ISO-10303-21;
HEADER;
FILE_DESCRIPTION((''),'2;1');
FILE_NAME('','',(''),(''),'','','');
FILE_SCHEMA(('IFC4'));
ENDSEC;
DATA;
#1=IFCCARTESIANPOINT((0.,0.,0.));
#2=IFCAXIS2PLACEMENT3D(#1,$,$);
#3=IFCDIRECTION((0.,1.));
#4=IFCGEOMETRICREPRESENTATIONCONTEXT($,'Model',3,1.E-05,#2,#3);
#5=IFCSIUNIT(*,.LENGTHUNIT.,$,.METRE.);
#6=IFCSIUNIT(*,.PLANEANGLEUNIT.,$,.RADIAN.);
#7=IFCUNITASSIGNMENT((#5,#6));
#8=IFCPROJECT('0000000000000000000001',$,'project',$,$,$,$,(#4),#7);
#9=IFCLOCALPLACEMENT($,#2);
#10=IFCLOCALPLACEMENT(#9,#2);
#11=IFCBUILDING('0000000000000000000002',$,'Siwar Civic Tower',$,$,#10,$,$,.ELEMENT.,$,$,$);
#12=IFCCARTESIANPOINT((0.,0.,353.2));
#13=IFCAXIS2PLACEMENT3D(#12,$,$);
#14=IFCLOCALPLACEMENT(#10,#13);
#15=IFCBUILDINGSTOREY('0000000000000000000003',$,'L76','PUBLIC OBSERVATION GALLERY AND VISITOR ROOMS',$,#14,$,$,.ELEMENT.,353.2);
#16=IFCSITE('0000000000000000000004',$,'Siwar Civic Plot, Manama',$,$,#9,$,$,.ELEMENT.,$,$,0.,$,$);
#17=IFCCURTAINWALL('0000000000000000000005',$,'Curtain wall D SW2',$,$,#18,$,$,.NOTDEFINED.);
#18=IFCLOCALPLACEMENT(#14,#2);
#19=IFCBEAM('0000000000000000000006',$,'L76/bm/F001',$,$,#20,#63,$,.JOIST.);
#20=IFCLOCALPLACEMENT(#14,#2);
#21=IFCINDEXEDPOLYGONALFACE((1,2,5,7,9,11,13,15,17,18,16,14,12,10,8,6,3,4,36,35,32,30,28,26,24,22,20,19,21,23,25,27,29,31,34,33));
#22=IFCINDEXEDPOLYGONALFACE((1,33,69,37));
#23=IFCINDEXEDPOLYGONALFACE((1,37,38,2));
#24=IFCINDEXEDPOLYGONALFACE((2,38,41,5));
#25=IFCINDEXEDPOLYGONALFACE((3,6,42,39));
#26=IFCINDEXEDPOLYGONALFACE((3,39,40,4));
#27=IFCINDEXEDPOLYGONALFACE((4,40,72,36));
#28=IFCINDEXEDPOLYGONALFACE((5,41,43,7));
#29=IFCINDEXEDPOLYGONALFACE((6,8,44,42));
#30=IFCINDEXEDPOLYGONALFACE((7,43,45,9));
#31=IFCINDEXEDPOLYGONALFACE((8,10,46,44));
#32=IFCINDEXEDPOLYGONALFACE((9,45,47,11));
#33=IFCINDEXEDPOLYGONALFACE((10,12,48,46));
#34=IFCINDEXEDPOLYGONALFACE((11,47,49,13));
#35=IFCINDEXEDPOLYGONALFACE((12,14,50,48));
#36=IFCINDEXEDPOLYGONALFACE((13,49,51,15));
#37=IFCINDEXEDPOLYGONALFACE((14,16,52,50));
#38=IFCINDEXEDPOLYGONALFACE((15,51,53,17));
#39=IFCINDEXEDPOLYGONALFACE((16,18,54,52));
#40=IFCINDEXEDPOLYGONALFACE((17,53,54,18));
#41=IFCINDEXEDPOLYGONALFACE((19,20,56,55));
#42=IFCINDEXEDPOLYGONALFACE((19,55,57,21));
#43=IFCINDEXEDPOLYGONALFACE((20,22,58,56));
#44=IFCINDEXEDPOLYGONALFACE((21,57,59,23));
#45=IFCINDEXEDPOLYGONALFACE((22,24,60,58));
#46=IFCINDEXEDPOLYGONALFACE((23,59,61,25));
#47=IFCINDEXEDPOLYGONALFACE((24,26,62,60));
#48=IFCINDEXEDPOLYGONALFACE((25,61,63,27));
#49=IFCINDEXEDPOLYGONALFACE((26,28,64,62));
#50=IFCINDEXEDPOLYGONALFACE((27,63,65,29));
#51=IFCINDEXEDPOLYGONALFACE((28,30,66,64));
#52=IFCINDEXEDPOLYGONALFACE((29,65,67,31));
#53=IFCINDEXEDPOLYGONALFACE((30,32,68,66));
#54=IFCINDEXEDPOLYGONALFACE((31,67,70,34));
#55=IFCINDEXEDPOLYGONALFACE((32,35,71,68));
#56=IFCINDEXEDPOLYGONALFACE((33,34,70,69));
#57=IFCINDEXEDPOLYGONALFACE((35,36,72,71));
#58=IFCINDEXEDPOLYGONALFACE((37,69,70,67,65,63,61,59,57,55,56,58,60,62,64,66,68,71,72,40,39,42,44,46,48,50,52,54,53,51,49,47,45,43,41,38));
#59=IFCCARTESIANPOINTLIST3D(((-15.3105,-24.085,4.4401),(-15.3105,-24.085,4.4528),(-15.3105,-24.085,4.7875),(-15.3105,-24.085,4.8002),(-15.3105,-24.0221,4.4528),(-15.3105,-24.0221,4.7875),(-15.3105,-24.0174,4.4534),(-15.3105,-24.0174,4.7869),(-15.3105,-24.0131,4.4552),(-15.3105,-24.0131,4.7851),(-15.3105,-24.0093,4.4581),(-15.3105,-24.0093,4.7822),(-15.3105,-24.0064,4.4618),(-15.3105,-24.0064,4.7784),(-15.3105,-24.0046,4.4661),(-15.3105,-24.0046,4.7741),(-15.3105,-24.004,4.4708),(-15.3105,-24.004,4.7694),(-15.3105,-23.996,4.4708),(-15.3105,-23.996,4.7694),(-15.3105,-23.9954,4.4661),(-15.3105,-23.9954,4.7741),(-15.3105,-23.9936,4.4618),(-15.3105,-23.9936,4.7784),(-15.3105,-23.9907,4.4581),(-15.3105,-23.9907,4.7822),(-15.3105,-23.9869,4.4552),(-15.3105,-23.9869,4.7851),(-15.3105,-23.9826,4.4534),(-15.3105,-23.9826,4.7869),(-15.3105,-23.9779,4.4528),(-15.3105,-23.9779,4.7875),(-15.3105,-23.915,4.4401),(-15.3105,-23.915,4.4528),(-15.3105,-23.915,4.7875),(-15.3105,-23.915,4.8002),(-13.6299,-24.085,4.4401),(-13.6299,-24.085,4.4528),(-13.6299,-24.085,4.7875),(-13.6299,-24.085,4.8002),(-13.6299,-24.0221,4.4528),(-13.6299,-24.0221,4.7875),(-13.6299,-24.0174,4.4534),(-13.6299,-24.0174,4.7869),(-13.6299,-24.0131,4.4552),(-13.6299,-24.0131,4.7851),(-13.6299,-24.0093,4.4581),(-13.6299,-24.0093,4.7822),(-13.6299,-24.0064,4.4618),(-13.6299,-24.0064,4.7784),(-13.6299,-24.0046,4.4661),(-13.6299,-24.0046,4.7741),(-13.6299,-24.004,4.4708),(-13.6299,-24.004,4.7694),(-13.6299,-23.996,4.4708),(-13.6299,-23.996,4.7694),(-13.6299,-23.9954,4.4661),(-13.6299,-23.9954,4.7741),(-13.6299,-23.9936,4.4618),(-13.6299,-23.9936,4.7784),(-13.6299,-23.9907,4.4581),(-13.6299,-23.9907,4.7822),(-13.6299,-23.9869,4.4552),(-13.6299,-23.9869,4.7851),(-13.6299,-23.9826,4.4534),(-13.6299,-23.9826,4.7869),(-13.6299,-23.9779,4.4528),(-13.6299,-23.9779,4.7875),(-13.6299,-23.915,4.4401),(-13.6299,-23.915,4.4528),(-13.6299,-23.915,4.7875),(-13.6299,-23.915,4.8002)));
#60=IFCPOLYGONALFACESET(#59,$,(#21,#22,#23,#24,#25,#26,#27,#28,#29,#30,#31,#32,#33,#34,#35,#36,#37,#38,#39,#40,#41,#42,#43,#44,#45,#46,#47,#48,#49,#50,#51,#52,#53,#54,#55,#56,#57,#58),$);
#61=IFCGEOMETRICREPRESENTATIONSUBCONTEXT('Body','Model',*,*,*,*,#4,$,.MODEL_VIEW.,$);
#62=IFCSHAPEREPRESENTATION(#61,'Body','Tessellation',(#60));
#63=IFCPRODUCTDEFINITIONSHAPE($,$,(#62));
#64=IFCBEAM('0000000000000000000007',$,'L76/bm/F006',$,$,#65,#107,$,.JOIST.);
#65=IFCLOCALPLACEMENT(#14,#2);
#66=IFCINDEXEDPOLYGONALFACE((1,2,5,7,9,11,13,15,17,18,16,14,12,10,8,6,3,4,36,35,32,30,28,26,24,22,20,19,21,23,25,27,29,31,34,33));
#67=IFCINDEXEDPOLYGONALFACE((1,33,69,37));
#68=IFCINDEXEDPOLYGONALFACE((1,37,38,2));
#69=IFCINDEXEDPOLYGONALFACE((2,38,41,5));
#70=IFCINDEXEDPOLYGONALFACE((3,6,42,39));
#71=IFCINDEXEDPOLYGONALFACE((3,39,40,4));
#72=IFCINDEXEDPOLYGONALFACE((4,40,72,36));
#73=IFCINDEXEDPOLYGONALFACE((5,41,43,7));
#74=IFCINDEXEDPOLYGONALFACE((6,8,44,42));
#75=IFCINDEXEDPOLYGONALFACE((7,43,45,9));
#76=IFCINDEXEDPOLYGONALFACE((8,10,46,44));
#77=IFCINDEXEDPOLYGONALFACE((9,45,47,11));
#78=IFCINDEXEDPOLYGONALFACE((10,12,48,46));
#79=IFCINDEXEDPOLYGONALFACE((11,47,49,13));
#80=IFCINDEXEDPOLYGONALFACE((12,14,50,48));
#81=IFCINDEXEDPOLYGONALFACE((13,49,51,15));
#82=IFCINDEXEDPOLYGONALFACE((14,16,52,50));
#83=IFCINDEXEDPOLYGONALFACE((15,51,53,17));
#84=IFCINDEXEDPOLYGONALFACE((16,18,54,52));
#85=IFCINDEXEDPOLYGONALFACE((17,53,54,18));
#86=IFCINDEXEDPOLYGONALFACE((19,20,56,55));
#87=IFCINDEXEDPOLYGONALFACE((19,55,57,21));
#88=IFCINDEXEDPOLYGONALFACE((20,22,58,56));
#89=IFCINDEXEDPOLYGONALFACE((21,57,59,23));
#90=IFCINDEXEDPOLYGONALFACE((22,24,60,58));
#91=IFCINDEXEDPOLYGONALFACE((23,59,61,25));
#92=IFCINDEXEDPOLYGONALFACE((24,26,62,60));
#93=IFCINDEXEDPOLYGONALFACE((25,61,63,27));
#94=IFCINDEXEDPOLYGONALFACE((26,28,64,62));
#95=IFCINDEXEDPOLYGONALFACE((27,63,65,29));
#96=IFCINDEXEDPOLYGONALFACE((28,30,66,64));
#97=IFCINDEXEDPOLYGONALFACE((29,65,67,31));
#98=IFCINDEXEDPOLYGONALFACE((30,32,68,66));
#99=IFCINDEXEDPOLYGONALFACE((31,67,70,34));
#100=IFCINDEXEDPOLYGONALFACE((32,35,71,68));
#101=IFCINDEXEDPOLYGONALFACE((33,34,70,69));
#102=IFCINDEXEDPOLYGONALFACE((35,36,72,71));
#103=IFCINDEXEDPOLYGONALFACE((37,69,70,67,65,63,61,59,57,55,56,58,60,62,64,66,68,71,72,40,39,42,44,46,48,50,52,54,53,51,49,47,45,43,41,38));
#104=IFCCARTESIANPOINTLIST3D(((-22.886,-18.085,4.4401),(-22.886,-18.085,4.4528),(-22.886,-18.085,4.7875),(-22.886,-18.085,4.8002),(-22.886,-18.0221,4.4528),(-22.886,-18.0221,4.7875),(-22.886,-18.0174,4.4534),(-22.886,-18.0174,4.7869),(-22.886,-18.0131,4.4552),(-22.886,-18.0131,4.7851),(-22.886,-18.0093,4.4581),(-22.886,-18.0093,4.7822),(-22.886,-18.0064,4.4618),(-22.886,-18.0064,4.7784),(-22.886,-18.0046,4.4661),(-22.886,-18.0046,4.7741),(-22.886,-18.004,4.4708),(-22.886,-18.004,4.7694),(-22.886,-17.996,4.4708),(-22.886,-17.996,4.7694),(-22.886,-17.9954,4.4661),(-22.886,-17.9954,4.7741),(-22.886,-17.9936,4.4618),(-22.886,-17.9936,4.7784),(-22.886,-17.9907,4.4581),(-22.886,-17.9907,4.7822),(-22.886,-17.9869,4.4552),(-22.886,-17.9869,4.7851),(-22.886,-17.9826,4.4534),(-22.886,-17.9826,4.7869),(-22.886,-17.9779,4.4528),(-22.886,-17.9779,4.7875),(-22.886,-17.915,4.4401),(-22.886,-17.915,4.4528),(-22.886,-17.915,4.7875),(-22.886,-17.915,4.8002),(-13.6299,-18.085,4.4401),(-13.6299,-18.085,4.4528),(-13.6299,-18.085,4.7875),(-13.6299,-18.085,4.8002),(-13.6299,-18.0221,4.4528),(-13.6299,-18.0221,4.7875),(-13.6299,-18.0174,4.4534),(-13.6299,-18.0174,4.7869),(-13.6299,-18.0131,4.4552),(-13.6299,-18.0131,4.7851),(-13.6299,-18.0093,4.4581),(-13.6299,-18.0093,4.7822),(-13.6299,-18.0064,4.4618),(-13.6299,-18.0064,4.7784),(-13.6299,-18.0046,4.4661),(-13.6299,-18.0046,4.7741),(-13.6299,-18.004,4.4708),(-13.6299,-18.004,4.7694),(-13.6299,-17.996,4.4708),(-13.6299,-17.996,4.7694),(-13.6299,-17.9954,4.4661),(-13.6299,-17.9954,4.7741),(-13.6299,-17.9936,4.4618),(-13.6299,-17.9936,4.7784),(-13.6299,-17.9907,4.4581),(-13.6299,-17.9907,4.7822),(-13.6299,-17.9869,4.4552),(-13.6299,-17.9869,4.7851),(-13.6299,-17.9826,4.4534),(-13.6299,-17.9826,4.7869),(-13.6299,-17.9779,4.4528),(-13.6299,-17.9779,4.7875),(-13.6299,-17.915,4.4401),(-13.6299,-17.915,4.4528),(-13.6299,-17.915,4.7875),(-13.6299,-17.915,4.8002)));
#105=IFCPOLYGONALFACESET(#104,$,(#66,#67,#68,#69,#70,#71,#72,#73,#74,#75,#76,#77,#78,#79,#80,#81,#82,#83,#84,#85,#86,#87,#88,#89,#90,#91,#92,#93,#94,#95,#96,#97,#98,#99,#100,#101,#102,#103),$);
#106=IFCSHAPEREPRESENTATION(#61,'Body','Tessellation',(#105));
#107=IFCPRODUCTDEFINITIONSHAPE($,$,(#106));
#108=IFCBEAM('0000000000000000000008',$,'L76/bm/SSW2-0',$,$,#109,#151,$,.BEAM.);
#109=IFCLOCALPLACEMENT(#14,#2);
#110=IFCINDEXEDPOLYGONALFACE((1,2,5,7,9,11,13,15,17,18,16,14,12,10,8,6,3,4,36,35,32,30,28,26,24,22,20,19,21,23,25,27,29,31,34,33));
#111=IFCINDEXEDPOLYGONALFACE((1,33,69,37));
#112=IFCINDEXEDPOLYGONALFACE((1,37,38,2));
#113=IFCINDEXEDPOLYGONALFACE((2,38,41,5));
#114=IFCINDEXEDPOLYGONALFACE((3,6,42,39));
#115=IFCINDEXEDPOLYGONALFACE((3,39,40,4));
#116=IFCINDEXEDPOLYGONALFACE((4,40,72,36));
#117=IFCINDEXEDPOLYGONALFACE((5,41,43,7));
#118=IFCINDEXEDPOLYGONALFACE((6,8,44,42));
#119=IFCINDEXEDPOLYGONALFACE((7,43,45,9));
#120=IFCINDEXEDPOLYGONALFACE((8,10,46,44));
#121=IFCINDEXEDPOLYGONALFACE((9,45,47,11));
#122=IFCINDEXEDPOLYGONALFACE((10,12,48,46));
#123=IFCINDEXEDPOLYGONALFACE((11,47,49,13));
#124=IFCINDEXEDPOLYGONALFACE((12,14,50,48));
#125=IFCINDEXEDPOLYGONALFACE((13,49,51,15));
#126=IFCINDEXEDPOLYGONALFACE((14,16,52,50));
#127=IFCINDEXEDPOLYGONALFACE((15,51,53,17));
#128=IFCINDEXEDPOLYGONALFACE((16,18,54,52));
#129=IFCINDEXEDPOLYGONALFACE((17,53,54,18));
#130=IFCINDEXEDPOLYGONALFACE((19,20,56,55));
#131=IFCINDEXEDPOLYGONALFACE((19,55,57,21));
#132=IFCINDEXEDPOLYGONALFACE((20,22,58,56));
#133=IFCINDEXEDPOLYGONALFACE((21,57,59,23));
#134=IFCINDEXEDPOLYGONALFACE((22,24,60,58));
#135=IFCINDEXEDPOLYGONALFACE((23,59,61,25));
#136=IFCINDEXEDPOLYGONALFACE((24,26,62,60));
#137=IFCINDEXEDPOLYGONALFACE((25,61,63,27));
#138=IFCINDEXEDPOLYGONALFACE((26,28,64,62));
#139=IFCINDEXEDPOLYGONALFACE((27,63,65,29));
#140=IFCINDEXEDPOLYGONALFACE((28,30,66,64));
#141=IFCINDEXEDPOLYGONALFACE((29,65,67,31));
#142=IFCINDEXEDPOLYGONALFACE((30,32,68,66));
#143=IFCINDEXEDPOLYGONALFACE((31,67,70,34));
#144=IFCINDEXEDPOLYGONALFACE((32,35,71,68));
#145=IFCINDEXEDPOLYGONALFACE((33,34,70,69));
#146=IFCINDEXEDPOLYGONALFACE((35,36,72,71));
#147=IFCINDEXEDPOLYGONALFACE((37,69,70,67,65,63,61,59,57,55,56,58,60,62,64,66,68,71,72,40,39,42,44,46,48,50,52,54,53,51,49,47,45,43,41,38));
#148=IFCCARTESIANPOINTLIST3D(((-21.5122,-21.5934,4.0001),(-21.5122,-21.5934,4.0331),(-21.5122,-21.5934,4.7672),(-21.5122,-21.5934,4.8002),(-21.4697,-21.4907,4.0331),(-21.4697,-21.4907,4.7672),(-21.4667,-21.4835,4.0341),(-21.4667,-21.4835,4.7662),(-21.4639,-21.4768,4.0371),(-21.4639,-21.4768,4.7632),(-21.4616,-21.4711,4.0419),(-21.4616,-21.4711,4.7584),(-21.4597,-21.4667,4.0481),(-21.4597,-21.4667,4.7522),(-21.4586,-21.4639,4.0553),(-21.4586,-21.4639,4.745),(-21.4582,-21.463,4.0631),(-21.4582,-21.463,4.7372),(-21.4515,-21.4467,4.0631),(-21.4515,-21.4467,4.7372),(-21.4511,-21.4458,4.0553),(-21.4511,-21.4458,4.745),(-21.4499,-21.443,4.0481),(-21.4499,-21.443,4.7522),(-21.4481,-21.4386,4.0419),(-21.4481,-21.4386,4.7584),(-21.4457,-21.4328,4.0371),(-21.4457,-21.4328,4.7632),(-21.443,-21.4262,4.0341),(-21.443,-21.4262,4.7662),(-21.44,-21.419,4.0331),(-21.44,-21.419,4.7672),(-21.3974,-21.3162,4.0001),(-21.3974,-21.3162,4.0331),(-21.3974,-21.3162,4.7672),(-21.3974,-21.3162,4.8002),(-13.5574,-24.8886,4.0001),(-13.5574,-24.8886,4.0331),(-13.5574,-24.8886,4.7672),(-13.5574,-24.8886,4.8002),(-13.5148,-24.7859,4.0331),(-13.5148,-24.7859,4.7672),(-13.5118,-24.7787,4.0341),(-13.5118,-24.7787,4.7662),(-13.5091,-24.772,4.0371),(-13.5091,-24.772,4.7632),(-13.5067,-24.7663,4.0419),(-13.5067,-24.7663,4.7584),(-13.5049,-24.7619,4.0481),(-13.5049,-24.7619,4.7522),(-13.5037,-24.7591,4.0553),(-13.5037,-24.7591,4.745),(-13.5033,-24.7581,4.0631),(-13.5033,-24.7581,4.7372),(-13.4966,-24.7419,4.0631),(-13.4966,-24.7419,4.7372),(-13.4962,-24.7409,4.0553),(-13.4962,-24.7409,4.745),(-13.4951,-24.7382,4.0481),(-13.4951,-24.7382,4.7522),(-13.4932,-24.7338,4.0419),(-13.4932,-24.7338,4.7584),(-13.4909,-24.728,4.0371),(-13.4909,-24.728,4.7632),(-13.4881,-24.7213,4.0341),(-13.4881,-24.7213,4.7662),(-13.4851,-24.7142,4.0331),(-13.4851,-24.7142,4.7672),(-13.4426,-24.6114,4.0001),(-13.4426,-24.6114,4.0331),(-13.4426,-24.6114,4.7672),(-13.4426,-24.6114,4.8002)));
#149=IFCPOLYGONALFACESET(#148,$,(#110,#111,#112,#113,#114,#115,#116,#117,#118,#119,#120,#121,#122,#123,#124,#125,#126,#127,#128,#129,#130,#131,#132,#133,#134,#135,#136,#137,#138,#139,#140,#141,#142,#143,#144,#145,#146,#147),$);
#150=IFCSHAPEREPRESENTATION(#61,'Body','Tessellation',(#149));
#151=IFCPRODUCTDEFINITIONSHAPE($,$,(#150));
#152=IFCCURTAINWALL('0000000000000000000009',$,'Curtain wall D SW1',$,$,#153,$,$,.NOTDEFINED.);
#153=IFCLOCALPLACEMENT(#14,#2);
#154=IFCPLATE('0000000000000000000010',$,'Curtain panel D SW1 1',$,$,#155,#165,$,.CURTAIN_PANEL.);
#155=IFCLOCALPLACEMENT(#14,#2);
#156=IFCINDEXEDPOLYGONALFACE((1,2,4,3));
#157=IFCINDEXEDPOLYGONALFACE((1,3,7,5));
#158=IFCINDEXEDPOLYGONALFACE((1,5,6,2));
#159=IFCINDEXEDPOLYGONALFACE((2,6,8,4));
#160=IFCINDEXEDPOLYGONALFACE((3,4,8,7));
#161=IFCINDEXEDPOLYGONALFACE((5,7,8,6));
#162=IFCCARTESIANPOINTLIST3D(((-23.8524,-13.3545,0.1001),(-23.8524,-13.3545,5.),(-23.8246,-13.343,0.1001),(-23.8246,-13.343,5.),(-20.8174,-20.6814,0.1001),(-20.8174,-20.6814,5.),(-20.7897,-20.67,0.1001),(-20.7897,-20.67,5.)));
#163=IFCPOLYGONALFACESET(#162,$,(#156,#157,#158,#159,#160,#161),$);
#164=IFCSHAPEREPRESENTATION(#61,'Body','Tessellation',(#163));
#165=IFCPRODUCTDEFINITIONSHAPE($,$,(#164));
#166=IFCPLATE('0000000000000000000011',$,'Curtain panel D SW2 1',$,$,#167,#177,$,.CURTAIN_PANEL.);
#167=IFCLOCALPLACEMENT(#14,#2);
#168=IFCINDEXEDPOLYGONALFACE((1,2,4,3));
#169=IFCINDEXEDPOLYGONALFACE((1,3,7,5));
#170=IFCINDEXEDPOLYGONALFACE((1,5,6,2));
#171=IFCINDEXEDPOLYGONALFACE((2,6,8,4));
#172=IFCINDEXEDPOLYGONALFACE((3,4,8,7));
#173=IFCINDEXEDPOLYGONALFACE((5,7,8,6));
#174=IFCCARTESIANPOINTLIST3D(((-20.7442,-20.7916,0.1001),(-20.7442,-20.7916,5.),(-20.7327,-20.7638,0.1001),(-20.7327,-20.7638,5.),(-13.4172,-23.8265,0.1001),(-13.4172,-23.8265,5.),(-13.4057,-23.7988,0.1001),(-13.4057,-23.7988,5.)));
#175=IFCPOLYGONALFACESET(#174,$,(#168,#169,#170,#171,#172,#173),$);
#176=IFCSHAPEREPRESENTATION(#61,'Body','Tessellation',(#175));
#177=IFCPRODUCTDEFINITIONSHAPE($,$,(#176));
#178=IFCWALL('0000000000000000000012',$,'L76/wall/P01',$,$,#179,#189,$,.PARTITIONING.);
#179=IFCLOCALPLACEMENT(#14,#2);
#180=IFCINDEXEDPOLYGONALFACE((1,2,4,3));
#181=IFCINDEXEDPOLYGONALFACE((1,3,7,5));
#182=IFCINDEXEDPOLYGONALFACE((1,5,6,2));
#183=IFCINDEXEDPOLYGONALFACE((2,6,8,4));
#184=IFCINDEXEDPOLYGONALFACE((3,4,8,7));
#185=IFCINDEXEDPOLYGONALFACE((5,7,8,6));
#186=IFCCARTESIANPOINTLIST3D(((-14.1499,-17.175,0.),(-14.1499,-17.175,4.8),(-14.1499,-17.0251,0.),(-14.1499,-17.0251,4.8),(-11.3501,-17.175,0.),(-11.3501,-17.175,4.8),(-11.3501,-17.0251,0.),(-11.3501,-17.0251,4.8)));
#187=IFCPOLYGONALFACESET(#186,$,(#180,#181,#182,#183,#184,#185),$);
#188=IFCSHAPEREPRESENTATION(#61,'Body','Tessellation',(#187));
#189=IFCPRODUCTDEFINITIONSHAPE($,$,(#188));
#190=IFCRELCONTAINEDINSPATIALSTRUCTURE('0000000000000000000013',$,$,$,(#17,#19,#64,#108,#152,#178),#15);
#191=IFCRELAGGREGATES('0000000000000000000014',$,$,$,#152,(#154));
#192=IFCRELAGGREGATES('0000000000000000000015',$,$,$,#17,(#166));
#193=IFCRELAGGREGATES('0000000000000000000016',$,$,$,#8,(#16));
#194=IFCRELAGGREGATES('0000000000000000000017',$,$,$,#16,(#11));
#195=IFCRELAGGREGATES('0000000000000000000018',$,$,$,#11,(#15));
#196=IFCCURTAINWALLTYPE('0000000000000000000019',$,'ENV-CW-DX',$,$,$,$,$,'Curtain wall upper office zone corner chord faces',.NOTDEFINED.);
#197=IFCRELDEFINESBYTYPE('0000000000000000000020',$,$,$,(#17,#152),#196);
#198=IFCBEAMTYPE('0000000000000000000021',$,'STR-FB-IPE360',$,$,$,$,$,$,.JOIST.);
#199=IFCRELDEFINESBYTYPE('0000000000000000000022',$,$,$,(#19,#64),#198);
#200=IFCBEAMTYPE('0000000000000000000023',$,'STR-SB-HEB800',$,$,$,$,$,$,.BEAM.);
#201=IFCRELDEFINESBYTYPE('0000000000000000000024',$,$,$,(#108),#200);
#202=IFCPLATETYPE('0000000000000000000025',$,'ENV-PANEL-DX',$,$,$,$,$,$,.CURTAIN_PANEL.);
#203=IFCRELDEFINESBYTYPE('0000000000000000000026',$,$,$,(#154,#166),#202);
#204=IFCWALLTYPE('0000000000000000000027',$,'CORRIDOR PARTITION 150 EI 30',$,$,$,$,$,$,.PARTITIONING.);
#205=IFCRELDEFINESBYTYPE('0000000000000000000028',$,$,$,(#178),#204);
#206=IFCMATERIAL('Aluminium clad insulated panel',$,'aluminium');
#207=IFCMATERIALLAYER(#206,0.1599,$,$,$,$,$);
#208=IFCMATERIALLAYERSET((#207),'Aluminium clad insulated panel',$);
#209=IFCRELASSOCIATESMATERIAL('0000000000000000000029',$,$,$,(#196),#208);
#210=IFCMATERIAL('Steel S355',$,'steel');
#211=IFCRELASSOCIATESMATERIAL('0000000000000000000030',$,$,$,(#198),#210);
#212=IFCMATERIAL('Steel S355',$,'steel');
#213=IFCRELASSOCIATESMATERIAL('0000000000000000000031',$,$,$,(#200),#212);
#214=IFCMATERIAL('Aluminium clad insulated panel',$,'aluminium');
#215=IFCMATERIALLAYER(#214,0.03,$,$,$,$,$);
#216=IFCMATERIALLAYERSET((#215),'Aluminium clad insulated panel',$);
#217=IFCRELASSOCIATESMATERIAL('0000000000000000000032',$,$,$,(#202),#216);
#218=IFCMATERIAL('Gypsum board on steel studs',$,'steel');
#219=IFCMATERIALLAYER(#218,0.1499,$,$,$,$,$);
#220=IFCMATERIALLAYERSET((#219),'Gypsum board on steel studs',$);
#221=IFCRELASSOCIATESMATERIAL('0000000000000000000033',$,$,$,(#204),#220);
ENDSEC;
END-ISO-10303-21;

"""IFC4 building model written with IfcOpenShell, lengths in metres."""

from ifc_helpers import new_model, si_unit, direction, frame, frame_2d, origin, origin_2d, place, context, subcontext, project, spatial, rectangle, i_section, extrude, material, layer, layer_set, material_profile, profile_set, type_object, element, aggregate, save


model = new_model("IFC4")

# Units and contexts
model_context = context("Model", 3, precision=1e-05, world=origin(), true_north=direction((0.0, 1.0)))
body_context = subcontext(model_context, "Body", "Model", "MODEL_VIEW")
ifc_project = project(units=[si_unit("LENGTHUNIT", "METRE"), si_unit("PLANEANGLEUNIT", "RADIAN")], contexts=[model_context])

# Site, building, storey
site_placement = place(None, origin())
site = spatial("IfcSite", under=ifc_project, at=site_placement, Name="Siwar Civic Plot, Manama", CompositionType="ELEMENT", RefElevation=0.0)
building_placement = place(site_placement, origin())
building = spatial("IfcBuilding", under=site, at=building_placement, Name="Siwar Civic Tower", CompositionType="ELEMENT")
storey_placement = place(building_placement, frame((0.0, 0.0, 353.2)))
storey = spatial("IfcBuildingStorey", under=building, at=storey_placement, Name="L76", Description="PUBLIC OBSERVATION GALLERY AND VISITOR ROOMS", CompositionType="ELEMENT", Elevation=353.2)

# Curtain wall
ifc_material_1 = material(Name="Aluminium clad insulated panel", Category="aluminium")
ifc_layer_1 = layer(ifc_material_1, 0.1599)
ifc_layer_set_1 = layer_set([ifc_layer_1], Name="Aluminium clad insulated panel")
curtain_wall_type = type_object("IfcCurtainWallType", Name="ENV-CW-DX", ElementType="Curtain wall upper office zone corner chord faces", PredefinedType="NOTDEFINED", material=ifc_layer_set_1)
curtain_wall_1_placement = place(storey_placement, origin())
curtain_wall_1 = element("IfcCurtainWall", 1, at=curtain_wall_1_placement, inside=storey, type_object=curtain_wall_type, Name="Curtain wall D SW2", PredefinedType="NOTDEFINED")

# Beams
ifc_material_2 = material(Name="Steel S355", Category="steel")
ifc_material_profile_1 = material_profile(ifc_material_2, i_section(OverallWidth=0.1699, OverallDepth=0.3601, WebThickness=0.0081, FlangeThickness=0.0127, FilletRadius=0.0181, at=origin_2d()), Name="IPE360")
ifc_profile_set_1 = profile_set([ifc_material_profile_1], Name="Steel S355")
beam_type_1 = type_object("IfcBeamType", Name="STR-FB-IPE360", PredefinedType="JOIST", material=ifc_profile_set_1)
beam_1_placement = place(storey_placement, frame((-15.3105, -24.0, 4.6201), z_axis=(1.0, 0.0, 0.0), x_axis=(0.0, 1.0, 0.0)))
element("IfcBeam", 2, at=beam_1_placement, inside=storey, type_object=beam_type_1, Name="L76/bm/F001", PredefinedType="JOIST", context=body_context, shape_type="SweptSolid", body=[
    extrude(i_section(OverallWidth=0.1699, OverallDepth=0.3601, WebThickness=0.0081, FlangeThickness=0.0127, FilletRadius=0.0181, at=origin_2d()), origin(), (0.0, 0.0, 1.0), 1.6807),
])
beam_2_placement = place(storey_placement, frame((-22.886, -18.0, 4.6201), z_axis=(1.0, 0.0, 0.0), x_axis=(0.0, 1.0, 0.0)))
element("IfcBeam", 3, at=beam_2_placement, inside=storey, type_object=beam_type_1, Name="L76/bm/F006", PredefinedType="JOIST", context=body_context, shape_type="SweptSolid", body=[
    extrude(i_section(OverallWidth=0.1699, OverallDepth=0.3601, WebThickness=0.0081, FlangeThickness=0.0127, FilletRadius=0.0181, at=origin_2d()), origin(), (0.0, 0.0, 1.0), 9.2561),
])
ifc_material_3 = material(Name="Steel S355", Category="steel")
ifc_material_profile_2 = material_profile(ifc_material_3, i_section(OverallWidth=0.3, OverallDepth=0.8, WebThickness=0.0176, FlangeThickness=0.033, FilletRadius=0.03, at=origin_2d()), Name="HEB800")
ifc_profile_set_2 = profile_set([ifc_material_profile_2], Name="Steel S355")
beam_type_2 = type_object("IfcBeamType", Name="STR-SB-HEB800", PredefinedType="BEAM", material=ifc_profile_set_2)
beam_3_placement = place(storey_placement, frame((-21.4548, -21.4548, 4.4001), z_axis=(0.923873, -0.3827, 0.0), x_axis=(0.3827, 0.923873, 0.0)))
element("IfcBeam", 4, at=beam_3_placement, inside=storey, type_object=beam_type_2, Name="L76/bm/SSW2-0", PredefinedType="BEAM", context=body_context, shape_type="SweptSolid", body=[
    extrude(i_section(OverallWidth=0.3, OverallDepth=0.8, WebThickness=0.0176, FlangeThickness=0.033, FilletRadius=0.03, at=origin_2d()), origin(), (0.0, 0.0, 1.0), 8.6104),
])

# Curtain wall, plate
curtain_wall_2_placement = place(storey_placement, origin())
curtain_wall_2 = element("IfcCurtainWall", 5, at=curtain_wall_2_placement, inside=storey, type_object=curtain_wall_type, Name="Curtain wall D SW1", PredefinedType="NOTDEFINED")
ifc_material_4 = material(Name="Aluminium clad insulated panel", Category="aluminium")
ifc_layer_2 = layer(ifc_material_4, 0.03)
ifc_layer_set_2 = layer_set([ifc_layer_2], Name="Aluminium clad insulated panel")
plate_type = type_object("IfcPlateType", Name="ENV-PANEL-DX", PredefinedType="CURTAIN_PANEL", material=ifc_layer_set_2)
plate_1_placement = place(storey_placement, frame((-22.321, -17.0122, 0.1001), z_axis=(0.0, 0.0, 1.0), x_axis=(0.382683, -0.92388, 0.0)))
plate_1 = element("IfcPlate", 6, at=plate_1_placement, type_object=plate_type, Name="Curtain panel D SW1 1", PredefinedType="CURTAIN_PANEL", context=body_context, shape_type="SweptSolid", body=[
    extrude(rectangle(XDim=7.9307, YDim=0.03, at=origin_2d()), origin(), (0.0, 0.0, 1.0), 4.8999),
])
aggregate(curtain_wall_2, [plate_1])

# Plate
plate_2_placement = place(storey_placement, frame((-17.075, -22.2952, 0.1001), z_axis=(0.0, 0.0, 1.0), x_axis=(0.92388, -0.382683, 0.0)))
plate_2 = element("IfcPlate", 7, at=plate_2_placement, type_object=plate_type, Name="Curtain panel D SW2 1", PredefinedType="CURTAIN_PANEL", context=body_context, shape_type="SweptSolid", body=[
    extrude(rectangle(XDim=7.9307, YDim=0.03, at=origin_2d()), origin(), (0.0, 0.0, 1.0), 4.8999),
])
aggregate(curtain_wall_1, [plate_2])

# Wall
ifc_material_5 = material(Name="Gypsum board on steel studs", Category="steel")
ifc_layer_3 = layer(ifc_material_5, 0.1499)
ifc_layer_set_3 = layer_set([ifc_layer_3], Name="Gypsum board on steel studs")
wall_type = type_object("IfcWallType", Name="CORRIDOR PARTITION 150 EI 30", PredefinedType="PARTITIONING", material=ifc_layer_set_3)
wall_1_placement = place(storey_placement, frame((-14.1499, -17.1001, 0.0), z_axis=(0.0, 0.0, 1.0), x_axis=(1.0, 0.0, 0.0)))
element("IfcWall", 8, at=wall_1_placement, inside=storey, type_object=wall_type, Name="L76/wall/P01", PredefinedType="PARTITIONING", context=body_context, shape_type="SweptSolid", body=[
    extrude(rectangle(XDim=2.7998, YDim=0.1499, at=frame_2d((1.3999, 0.0))), origin(), (0.0, 0.0, 1.0), 4.8),
])

save(model, "model.ifc")
